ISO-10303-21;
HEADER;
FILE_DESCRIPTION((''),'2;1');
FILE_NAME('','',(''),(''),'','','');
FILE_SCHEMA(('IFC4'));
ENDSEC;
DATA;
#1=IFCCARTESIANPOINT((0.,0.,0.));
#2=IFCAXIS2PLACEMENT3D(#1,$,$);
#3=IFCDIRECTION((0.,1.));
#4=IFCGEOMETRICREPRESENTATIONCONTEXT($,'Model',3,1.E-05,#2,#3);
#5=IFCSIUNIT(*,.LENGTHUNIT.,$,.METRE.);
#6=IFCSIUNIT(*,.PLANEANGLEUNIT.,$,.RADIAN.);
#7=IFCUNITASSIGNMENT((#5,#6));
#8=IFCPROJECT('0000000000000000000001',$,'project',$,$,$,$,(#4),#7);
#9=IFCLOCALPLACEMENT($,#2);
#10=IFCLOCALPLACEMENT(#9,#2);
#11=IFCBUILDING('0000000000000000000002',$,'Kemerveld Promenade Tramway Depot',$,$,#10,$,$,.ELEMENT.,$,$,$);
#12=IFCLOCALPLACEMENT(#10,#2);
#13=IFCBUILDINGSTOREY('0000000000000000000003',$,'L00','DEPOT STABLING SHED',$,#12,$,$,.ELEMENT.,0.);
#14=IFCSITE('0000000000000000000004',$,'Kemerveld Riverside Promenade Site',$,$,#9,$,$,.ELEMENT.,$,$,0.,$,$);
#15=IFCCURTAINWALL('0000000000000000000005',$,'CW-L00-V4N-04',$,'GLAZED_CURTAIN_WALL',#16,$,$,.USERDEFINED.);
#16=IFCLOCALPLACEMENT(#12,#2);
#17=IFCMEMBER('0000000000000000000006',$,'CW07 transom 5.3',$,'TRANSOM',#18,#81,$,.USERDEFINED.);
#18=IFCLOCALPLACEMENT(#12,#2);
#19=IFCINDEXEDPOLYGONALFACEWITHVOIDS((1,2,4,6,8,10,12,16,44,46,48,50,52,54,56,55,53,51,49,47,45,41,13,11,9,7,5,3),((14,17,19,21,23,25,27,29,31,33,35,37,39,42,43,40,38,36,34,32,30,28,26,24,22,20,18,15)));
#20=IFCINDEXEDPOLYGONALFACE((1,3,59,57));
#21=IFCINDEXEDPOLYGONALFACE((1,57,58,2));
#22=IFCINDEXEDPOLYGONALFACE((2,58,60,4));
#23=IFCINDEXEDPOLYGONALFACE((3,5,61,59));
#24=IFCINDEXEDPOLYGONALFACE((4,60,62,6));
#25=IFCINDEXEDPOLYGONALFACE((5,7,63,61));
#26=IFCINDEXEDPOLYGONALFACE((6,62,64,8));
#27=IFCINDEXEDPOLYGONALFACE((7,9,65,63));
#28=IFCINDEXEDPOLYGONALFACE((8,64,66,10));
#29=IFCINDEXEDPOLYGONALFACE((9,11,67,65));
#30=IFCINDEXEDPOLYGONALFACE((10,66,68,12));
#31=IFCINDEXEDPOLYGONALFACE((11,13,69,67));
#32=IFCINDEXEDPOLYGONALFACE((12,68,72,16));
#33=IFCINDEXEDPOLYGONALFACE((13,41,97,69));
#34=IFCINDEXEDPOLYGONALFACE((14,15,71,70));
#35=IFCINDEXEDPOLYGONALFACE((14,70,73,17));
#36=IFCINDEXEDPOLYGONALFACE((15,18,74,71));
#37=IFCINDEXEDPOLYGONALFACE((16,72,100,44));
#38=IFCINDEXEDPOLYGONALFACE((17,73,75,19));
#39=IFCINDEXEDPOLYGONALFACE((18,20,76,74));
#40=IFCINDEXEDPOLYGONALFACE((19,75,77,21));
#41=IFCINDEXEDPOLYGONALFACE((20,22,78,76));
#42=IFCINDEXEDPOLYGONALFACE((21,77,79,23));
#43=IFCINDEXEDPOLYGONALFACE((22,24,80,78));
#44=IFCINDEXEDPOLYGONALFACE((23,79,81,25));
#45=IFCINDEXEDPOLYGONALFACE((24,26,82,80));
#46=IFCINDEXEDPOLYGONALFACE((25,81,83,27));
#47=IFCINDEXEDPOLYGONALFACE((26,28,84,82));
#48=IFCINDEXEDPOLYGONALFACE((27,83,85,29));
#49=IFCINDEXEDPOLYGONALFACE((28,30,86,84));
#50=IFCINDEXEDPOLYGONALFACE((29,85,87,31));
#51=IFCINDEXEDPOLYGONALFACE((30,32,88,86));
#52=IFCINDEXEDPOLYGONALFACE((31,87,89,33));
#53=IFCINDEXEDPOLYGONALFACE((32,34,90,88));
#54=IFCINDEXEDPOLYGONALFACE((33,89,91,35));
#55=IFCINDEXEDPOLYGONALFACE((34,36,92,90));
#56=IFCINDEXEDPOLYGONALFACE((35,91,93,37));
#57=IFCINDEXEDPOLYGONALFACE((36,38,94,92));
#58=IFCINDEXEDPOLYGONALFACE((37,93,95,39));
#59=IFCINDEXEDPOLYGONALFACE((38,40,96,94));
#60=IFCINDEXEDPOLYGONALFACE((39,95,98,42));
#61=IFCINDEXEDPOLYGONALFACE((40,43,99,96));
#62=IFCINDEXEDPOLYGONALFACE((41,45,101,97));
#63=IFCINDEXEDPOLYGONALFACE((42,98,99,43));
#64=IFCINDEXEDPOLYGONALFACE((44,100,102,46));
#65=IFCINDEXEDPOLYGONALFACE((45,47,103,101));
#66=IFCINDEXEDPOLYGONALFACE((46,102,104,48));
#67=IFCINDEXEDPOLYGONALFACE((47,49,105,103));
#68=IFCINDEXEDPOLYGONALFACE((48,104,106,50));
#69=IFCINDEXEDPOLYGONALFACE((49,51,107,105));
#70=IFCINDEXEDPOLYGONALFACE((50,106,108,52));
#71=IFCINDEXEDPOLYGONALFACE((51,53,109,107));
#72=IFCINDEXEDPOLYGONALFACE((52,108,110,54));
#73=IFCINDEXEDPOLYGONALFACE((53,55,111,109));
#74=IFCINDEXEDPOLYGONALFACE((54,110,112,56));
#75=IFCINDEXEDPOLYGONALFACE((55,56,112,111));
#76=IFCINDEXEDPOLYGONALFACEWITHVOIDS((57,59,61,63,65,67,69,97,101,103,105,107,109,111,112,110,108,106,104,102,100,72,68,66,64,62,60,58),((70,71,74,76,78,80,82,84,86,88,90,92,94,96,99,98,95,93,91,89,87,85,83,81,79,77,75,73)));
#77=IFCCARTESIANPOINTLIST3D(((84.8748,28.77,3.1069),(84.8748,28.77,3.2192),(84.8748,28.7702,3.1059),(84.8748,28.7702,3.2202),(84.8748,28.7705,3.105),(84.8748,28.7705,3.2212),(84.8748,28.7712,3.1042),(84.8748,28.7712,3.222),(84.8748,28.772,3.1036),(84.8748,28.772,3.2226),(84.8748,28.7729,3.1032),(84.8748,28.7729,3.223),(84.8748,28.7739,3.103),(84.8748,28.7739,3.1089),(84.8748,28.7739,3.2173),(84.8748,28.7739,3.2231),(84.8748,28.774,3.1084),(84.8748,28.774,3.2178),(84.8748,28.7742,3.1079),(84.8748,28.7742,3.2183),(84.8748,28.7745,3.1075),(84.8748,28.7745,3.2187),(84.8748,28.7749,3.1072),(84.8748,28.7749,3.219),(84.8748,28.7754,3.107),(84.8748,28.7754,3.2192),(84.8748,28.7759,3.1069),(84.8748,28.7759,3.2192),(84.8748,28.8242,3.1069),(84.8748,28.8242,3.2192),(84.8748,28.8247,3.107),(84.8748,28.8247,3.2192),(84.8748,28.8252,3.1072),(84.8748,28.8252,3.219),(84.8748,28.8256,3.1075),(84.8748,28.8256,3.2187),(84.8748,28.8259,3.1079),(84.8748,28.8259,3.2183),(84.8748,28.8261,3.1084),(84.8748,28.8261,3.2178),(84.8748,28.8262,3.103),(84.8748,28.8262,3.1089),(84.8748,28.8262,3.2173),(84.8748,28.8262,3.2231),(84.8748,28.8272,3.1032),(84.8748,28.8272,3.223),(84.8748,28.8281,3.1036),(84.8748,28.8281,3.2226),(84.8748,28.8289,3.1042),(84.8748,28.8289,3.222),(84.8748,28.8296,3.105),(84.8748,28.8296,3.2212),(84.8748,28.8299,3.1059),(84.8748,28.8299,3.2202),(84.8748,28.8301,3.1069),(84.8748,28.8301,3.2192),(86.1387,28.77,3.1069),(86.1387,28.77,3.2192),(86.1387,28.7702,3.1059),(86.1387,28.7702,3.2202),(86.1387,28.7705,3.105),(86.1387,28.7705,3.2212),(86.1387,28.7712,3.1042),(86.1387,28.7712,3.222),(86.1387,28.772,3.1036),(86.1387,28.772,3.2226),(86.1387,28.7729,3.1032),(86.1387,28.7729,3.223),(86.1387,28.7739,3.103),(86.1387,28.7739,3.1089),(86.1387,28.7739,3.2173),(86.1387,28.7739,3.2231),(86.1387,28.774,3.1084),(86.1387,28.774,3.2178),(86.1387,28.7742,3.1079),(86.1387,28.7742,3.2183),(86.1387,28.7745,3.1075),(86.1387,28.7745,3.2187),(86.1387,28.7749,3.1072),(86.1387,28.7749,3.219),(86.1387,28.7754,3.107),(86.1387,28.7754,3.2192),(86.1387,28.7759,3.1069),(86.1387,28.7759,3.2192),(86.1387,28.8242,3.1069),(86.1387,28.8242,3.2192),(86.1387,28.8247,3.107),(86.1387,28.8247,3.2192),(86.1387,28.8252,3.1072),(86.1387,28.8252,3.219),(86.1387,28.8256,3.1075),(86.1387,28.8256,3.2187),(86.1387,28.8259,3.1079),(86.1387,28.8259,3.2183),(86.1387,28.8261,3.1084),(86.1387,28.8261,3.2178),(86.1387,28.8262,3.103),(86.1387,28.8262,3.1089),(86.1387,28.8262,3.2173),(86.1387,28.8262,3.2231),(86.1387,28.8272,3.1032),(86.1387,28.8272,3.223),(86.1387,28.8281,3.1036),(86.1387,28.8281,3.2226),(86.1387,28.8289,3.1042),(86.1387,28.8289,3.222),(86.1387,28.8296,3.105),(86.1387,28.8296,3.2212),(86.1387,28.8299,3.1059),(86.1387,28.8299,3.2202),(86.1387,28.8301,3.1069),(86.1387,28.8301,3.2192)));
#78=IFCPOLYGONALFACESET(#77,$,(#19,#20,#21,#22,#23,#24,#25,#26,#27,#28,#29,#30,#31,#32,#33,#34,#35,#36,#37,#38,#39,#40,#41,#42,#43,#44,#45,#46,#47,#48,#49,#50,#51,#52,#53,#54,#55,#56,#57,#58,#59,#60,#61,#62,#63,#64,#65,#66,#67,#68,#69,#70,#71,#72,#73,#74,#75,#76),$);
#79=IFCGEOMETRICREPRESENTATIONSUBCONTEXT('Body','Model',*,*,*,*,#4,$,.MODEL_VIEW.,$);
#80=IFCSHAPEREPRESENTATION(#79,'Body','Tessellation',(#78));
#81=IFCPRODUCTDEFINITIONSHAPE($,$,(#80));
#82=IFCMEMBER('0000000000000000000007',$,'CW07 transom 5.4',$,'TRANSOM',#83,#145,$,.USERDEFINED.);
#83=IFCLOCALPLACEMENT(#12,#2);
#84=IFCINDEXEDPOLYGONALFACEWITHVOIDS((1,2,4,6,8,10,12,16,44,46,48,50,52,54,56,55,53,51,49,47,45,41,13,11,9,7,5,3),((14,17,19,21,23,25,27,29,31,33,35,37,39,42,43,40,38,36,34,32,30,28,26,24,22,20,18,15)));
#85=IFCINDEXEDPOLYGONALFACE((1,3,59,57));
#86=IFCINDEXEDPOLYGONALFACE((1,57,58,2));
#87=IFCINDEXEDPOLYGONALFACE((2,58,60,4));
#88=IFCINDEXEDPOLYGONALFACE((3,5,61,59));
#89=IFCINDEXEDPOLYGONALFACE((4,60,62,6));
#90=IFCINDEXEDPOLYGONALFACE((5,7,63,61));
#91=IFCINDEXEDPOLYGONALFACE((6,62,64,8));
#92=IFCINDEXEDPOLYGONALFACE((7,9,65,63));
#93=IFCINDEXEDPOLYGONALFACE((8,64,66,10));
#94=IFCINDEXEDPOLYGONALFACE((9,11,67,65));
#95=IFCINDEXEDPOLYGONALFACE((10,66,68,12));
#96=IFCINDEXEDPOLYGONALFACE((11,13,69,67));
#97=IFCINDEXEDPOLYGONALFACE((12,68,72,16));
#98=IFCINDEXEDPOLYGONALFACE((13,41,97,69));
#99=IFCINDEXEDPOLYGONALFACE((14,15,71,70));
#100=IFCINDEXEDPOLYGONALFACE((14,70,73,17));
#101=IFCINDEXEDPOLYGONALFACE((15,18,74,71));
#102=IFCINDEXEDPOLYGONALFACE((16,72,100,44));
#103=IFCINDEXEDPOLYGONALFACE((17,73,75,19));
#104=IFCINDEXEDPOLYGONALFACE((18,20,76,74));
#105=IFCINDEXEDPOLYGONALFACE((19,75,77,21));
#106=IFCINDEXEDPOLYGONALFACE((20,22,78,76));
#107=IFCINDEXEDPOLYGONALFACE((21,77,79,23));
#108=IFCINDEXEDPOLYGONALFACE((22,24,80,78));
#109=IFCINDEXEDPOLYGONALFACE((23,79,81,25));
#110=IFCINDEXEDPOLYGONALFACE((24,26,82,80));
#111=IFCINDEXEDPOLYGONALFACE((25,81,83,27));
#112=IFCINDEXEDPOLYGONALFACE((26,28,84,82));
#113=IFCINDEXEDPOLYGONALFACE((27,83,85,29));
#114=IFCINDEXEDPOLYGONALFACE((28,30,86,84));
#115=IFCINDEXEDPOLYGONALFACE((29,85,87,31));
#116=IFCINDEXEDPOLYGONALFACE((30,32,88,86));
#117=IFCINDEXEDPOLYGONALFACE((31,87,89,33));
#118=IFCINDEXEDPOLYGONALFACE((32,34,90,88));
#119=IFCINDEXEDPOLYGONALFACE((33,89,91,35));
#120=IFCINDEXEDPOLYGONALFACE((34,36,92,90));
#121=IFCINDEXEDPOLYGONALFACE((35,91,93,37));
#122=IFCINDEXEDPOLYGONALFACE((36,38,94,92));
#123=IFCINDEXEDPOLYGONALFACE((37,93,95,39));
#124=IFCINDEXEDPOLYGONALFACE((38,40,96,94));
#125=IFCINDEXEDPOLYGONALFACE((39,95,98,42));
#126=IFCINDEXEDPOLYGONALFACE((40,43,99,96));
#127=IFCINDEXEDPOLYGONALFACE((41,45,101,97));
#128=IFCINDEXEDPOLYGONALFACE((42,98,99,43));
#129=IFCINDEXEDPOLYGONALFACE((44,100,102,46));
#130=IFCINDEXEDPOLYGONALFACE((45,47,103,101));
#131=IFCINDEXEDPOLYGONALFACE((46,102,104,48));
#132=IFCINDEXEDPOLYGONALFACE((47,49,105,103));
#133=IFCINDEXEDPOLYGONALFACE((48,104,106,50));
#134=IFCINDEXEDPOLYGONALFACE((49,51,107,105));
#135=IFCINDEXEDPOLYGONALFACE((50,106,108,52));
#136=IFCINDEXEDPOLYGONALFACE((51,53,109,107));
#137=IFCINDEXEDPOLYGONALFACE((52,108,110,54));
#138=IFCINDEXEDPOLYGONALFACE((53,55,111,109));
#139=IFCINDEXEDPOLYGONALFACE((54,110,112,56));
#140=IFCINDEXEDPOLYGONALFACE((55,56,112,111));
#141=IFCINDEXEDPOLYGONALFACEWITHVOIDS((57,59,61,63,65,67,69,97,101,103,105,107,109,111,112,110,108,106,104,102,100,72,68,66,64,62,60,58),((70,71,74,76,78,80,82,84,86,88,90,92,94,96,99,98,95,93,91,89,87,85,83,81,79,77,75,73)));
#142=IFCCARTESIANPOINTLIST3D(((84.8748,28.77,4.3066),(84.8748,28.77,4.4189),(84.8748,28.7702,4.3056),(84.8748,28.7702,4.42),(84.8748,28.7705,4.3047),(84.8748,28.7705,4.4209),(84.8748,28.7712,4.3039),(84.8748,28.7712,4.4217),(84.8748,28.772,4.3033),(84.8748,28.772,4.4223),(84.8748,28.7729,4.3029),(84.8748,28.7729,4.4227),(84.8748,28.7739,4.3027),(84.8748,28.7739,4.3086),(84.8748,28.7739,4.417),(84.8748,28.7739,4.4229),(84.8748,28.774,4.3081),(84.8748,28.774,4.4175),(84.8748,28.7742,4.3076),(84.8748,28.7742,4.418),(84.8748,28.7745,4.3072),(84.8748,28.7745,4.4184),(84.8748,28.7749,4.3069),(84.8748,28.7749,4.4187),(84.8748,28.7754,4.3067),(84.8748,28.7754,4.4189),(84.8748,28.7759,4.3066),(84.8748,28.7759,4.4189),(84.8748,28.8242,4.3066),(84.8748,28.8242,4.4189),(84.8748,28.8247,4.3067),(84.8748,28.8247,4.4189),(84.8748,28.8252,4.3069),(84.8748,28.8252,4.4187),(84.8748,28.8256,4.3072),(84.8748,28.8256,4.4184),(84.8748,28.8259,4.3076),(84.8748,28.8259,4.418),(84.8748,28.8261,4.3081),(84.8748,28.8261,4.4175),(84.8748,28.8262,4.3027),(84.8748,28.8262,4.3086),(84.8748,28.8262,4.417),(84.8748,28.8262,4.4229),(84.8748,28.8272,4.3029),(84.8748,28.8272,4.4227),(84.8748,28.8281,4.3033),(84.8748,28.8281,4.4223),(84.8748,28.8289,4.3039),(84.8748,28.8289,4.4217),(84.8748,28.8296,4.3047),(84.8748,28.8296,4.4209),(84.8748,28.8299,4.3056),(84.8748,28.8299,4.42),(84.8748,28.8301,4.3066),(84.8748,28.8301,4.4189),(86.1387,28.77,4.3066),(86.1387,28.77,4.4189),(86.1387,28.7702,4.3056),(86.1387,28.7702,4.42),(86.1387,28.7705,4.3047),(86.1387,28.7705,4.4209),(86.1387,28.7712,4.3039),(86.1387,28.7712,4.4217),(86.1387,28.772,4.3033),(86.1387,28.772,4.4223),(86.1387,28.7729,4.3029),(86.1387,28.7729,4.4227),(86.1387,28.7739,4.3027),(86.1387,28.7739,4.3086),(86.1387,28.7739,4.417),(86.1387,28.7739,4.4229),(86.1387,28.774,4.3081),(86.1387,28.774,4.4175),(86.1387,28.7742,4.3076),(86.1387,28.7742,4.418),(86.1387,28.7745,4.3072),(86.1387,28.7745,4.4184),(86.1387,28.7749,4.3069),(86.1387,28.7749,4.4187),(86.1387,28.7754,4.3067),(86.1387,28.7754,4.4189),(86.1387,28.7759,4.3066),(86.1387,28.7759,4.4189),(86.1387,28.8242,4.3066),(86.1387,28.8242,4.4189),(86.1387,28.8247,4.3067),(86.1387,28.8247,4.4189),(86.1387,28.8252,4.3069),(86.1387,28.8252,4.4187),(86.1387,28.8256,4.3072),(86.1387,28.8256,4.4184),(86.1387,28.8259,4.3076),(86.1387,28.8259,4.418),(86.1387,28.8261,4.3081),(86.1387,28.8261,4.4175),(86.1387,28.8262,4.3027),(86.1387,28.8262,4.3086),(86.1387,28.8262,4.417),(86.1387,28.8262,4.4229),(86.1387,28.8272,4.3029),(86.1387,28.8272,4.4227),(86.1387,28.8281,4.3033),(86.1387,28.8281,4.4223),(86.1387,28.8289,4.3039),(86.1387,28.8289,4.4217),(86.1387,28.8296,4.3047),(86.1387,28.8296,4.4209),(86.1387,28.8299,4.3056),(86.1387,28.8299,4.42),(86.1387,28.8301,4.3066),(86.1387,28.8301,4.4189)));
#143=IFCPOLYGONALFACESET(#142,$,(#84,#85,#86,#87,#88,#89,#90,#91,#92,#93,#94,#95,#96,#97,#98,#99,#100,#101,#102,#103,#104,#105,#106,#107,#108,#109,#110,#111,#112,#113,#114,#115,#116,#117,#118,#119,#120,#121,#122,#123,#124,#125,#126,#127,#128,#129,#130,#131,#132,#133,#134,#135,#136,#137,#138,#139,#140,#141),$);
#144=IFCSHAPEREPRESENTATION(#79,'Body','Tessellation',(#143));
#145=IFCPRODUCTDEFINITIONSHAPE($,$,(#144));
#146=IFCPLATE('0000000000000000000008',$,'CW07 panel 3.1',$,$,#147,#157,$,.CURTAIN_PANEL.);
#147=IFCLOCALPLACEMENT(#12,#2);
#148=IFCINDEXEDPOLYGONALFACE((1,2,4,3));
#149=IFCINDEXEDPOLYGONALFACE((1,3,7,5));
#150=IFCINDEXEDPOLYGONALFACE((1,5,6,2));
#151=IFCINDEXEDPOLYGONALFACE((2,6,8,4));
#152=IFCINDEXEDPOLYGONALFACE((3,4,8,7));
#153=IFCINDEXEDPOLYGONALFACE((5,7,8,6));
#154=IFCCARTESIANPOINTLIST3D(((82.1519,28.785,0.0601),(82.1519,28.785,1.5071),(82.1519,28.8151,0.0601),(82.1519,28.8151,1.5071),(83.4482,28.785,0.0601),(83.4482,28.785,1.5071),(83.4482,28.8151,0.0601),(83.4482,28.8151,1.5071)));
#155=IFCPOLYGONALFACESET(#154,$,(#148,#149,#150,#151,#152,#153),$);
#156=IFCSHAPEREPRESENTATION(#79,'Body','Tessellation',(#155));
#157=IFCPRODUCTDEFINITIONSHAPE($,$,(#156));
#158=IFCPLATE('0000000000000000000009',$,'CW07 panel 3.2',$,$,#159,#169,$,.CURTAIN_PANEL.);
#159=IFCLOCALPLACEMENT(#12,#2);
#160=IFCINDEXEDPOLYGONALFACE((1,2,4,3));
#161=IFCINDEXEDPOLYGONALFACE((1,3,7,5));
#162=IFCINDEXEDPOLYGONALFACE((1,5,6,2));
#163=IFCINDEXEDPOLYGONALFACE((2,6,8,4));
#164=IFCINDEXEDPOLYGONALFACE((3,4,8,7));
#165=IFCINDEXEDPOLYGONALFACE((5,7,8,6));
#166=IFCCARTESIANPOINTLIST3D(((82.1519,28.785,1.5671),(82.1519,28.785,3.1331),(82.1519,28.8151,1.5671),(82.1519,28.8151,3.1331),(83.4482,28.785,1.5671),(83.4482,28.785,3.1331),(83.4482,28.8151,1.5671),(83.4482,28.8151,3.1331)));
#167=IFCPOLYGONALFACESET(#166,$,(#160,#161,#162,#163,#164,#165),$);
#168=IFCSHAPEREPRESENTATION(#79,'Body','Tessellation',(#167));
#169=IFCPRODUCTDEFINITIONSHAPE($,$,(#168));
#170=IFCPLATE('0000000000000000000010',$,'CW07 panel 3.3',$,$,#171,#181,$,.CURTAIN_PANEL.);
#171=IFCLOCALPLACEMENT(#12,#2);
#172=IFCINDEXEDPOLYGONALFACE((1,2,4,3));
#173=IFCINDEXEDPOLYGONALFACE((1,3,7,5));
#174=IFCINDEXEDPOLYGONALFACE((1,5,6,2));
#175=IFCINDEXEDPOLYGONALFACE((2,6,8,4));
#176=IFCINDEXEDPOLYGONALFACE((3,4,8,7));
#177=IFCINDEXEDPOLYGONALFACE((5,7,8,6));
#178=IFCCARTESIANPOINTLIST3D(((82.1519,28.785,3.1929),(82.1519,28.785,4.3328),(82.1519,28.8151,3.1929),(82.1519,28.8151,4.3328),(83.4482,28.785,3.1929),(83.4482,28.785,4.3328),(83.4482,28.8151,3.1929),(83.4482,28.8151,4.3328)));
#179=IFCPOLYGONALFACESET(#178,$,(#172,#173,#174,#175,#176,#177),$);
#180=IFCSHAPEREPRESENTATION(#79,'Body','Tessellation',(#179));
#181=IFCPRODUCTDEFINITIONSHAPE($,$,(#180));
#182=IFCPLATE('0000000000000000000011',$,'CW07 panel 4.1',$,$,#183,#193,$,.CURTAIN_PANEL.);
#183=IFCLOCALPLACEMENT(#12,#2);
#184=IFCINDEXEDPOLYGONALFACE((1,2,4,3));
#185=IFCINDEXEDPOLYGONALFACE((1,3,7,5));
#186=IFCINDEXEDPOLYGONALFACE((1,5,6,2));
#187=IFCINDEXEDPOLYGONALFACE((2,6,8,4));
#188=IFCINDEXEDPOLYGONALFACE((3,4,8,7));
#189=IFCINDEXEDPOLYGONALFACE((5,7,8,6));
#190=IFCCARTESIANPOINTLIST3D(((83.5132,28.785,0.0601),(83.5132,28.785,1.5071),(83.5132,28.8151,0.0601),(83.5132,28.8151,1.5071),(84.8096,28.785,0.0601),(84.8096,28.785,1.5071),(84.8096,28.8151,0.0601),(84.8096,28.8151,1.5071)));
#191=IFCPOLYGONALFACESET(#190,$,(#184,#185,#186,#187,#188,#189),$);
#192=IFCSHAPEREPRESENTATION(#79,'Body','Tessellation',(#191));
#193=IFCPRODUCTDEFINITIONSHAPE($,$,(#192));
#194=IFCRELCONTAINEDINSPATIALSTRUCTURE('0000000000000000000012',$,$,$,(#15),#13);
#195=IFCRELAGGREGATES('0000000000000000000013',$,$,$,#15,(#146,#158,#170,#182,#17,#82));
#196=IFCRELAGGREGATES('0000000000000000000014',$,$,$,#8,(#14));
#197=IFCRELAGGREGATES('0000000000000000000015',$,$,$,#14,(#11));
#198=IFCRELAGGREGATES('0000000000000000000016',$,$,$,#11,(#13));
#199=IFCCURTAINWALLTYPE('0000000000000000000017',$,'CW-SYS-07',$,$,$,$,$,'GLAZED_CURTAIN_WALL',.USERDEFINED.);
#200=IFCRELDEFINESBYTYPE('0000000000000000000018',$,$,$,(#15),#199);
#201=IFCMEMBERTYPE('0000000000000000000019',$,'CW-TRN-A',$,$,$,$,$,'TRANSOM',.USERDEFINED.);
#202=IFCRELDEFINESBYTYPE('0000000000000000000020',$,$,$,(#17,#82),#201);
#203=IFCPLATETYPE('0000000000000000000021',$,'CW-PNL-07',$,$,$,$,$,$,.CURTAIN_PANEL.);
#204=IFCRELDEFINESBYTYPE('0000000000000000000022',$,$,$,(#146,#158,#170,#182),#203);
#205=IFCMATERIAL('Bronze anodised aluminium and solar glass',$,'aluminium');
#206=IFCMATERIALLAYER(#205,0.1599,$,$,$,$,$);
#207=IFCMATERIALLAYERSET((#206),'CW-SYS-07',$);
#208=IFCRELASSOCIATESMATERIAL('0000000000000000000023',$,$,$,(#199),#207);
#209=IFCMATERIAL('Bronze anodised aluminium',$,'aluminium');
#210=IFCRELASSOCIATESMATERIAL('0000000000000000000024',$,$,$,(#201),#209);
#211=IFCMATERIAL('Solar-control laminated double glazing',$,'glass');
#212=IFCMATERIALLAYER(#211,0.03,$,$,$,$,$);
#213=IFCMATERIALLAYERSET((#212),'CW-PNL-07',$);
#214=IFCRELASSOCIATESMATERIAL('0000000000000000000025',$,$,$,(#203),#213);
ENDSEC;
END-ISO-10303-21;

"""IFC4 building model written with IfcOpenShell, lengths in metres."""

from ifc_helpers import new_model, si_unit, direction, frame, origin, origin_2d, place, context, subcontext, project, spatial, rectangle, hollow_rectangle, extrude, material, layer, layer_set, material_profile, profile_set, type_object, element, aggregate, save


model = new_model("IFC4")

# Units and contexts
model_context = context("Model", 3, precision=1e-05, world=origin(), true_north=direction((0.0, 1.0)))
body_context = subcontext(model_context, "Body", "Model", "MODEL_VIEW")
ifc_project = project(units=[si_unit("LENGTHUNIT", "METRE"), si_unit("PLANEANGLEUNIT", "RADIAN")], contexts=[model_context])

# Site, building, storey
site_placement = place(None, origin())
site = spatial("IfcSite", under=ifc_project, at=site_placement, Name="Kemerveld Riverside Promenade Site", CompositionType="ELEMENT", RefElevation=0.0)
building_placement = place(site_placement, origin())
building = spatial("IfcBuilding", under=site, at=building_placement, Name="Kemerveld Promenade Tramway Depot", CompositionType="ELEMENT")
storey_placement = place(building_placement, origin())
storey = spatial("IfcBuildingStorey", under=building, at=storey_placement, Name="L00", Description="DEPOT STABLING SHED", CompositionType="ELEMENT", Elevation=0.0)

# Curtain wall, members, plates
ifc_material_1 = material(Name="Bronze anodised aluminium and solar glass", Category="aluminium")
ifc_layer_1 = layer(ifc_material_1, 0.1599)
ifc_layer_set_1 = layer_set([ifc_layer_1], Name="CW-SYS-07")
curtain_wall_type = type_object("IfcCurtainWallType", Name="CW-SYS-07", ElementType="GLAZED_CURTAIN_WALL", PredefinedType="USERDEFINED", material=ifc_layer_set_1)
curtain_wall_placement = place(storey_placement, origin())
curtain_wall = element("IfcCurtainWall", 1, at=curtain_wall_placement, inside=storey, type_object=curtain_wall_type, Name="CW-L00-V4N-04", ObjectType="GLAZED_CURTAIN_WALL", PredefinedType="USERDEFINED")
ifc_material_2 = material(Name="Bronze anodised aluminium", Category="aluminium")
ifc_material_profile_1 = material_profile(ifc_material_2, hollow_rectangle(XDim=0.0601, YDim=0.1201, WallThickness=0.0039, InnerFilletRadius=0.002, OuterFilletRadius=0.0039, at=origin_2d()), Name="CW-TRN-120x60")
ifc_profile_set_1 = profile_set([ifc_material_profile_1], Name="Bronze anodised aluminium")
member_type_1 = type_object("IfcMemberType", Name="CW-TRN-A", ElementType="TRANSOM", PredefinedType="USERDEFINED", material=ifc_profile_set_1)
member_1_placement = place(storey_placement, frame((84.8748, 28.8, 3.1631), z_axis=(1.0, 0.0, 0.0), x_axis=(0.0, 1.0, 0.0)))
member_1 = element("IfcMember", 2, at=member_1_placement, type_object=member_type_1, Name="CW07 transom 5.3", ObjectType="TRANSOM", PredefinedType="USERDEFINED", context=body_context, shape_type="SweptSolid", body=[
    extrude(hollow_rectangle(XDim=0.0601, YDim=0.1201, WallThickness=0.0039, InnerFilletRadius=0.002, OuterFilletRadius=0.0039, at=origin_2d()), origin(), (0.0, 0.0, 1.0), 1.2639),
])
member_2_placement = place(storey_placement, frame((84.8748, 28.8, 4.3628), z_axis=(1.0, 0.0, 0.0), x_axis=(0.0, 1.0, 0.0)))
member_2 = element("IfcMember", 3, at=member_2_placement, type_object=member_type_1, Name="CW07 transom 5.4", ObjectType="TRANSOM", PredefinedType="USERDEFINED", context=body_context, shape_type="SweptSolid", body=[
    extrude(hollow_rectangle(XDim=0.0601, YDim=0.1201, WallThickness=0.0039, InnerFilletRadius=0.002, OuterFilletRadius=0.0039, at=origin_2d()), origin(), (0.0, 0.0, 1.0), 1.2639),
])
ifc_material_3 = material(Name="Solar-control laminated double glazing", Category="glass")
ifc_layer_2 = layer(ifc_material_3, 0.03)
ifc_layer_set_2 = layer_set([ifc_layer_2], Name="CW-PNL-07")
plate_type_1 = type_object("IfcPlateType", Name="CW-PNL-07", PredefinedType="CURTAIN_PANEL", material=ifc_layer_set_2)
plate_1_placement = place(storey_placement, frame((82.8, 28.8, 0.0601), z_axis=(0.0, 0.0, 1.0), x_axis=(1.0, 0.0, 0.0)))
plate_1 = element("IfcPlate", 4, at=plate_1_placement, type_object=plate_type_1, Name="CW07 panel 3.1", PredefinedType="CURTAIN_PANEL", context=body_context, shape_type="SweptSolid", body=[
    extrude(rectangle(XDim=1.2964, YDim=0.03, at=origin_2d()), origin(), (0.0, 0.0, 1.0), 1.447),
])
plate_2_placement = place(storey_placement, frame((82.8, 28.8, 1.5671), z_axis=(0.0, 0.0, 1.0), x_axis=(1.0, 0.0, 0.0)))
plate_2 = element("IfcPlate", 5, at=plate_2_placement, type_object=plate_type_1, Name="CW07 panel 3.2", PredefinedType="CURTAIN_PANEL", context=body_context, shape_type="SweptSolid", body=[
    extrude(rectangle(XDim=1.2964, YDim=0.03, at=origin_2d()), origin(), (0.0, 0.0, 1.0), 1.5659),
])
plate_3_placement = place(storey_placement, frame((82.8, 28.8, 3.1929), z_axis=(0.0, 0.0, 1.0), x_axis=(1.0, 0.0, 0.0)))
plate_3 = element("IfcPlate", 6, at=plate_3_placement, type_object=plate_type_1, Name="CW07 panel 3.3", PredefinedType="CURTAIN_PANEL", context=body_context, shape_type="SweptSolid", body=[
    extrude(rectangle(XDim=1.2964, YDim=0.03, at=origin_2d()), origin(), (0.0, 0.0, 1.0), 1.1399),
])
plate_4_placement = place(storey_placement, frame((84.1614, 28.8, 0.0601), z_axis=(0.0, 0.0, 1.0), x_axis=(1.0, 0.0, 0.0)))
plate_4 = element("IfcPlate", 7, at=plate_4_placement, type_object=plate_type_1, Name="CW07 panel 4.1", PredefinedType="CURTAIN_PANEL", context=body_context, shape_type="SweptSolid", body=[
    extrude(rectangle(XDim=1.2964, YDim=0.03, at=origin_2d()), origin(), (0.0, 0.0, 1.0), 1.447),
])
aggregate(curtain_wall, [plate_1, plate_2, plate_3, plate_4, member_1, member_2])

save(model, "model.ifc")
